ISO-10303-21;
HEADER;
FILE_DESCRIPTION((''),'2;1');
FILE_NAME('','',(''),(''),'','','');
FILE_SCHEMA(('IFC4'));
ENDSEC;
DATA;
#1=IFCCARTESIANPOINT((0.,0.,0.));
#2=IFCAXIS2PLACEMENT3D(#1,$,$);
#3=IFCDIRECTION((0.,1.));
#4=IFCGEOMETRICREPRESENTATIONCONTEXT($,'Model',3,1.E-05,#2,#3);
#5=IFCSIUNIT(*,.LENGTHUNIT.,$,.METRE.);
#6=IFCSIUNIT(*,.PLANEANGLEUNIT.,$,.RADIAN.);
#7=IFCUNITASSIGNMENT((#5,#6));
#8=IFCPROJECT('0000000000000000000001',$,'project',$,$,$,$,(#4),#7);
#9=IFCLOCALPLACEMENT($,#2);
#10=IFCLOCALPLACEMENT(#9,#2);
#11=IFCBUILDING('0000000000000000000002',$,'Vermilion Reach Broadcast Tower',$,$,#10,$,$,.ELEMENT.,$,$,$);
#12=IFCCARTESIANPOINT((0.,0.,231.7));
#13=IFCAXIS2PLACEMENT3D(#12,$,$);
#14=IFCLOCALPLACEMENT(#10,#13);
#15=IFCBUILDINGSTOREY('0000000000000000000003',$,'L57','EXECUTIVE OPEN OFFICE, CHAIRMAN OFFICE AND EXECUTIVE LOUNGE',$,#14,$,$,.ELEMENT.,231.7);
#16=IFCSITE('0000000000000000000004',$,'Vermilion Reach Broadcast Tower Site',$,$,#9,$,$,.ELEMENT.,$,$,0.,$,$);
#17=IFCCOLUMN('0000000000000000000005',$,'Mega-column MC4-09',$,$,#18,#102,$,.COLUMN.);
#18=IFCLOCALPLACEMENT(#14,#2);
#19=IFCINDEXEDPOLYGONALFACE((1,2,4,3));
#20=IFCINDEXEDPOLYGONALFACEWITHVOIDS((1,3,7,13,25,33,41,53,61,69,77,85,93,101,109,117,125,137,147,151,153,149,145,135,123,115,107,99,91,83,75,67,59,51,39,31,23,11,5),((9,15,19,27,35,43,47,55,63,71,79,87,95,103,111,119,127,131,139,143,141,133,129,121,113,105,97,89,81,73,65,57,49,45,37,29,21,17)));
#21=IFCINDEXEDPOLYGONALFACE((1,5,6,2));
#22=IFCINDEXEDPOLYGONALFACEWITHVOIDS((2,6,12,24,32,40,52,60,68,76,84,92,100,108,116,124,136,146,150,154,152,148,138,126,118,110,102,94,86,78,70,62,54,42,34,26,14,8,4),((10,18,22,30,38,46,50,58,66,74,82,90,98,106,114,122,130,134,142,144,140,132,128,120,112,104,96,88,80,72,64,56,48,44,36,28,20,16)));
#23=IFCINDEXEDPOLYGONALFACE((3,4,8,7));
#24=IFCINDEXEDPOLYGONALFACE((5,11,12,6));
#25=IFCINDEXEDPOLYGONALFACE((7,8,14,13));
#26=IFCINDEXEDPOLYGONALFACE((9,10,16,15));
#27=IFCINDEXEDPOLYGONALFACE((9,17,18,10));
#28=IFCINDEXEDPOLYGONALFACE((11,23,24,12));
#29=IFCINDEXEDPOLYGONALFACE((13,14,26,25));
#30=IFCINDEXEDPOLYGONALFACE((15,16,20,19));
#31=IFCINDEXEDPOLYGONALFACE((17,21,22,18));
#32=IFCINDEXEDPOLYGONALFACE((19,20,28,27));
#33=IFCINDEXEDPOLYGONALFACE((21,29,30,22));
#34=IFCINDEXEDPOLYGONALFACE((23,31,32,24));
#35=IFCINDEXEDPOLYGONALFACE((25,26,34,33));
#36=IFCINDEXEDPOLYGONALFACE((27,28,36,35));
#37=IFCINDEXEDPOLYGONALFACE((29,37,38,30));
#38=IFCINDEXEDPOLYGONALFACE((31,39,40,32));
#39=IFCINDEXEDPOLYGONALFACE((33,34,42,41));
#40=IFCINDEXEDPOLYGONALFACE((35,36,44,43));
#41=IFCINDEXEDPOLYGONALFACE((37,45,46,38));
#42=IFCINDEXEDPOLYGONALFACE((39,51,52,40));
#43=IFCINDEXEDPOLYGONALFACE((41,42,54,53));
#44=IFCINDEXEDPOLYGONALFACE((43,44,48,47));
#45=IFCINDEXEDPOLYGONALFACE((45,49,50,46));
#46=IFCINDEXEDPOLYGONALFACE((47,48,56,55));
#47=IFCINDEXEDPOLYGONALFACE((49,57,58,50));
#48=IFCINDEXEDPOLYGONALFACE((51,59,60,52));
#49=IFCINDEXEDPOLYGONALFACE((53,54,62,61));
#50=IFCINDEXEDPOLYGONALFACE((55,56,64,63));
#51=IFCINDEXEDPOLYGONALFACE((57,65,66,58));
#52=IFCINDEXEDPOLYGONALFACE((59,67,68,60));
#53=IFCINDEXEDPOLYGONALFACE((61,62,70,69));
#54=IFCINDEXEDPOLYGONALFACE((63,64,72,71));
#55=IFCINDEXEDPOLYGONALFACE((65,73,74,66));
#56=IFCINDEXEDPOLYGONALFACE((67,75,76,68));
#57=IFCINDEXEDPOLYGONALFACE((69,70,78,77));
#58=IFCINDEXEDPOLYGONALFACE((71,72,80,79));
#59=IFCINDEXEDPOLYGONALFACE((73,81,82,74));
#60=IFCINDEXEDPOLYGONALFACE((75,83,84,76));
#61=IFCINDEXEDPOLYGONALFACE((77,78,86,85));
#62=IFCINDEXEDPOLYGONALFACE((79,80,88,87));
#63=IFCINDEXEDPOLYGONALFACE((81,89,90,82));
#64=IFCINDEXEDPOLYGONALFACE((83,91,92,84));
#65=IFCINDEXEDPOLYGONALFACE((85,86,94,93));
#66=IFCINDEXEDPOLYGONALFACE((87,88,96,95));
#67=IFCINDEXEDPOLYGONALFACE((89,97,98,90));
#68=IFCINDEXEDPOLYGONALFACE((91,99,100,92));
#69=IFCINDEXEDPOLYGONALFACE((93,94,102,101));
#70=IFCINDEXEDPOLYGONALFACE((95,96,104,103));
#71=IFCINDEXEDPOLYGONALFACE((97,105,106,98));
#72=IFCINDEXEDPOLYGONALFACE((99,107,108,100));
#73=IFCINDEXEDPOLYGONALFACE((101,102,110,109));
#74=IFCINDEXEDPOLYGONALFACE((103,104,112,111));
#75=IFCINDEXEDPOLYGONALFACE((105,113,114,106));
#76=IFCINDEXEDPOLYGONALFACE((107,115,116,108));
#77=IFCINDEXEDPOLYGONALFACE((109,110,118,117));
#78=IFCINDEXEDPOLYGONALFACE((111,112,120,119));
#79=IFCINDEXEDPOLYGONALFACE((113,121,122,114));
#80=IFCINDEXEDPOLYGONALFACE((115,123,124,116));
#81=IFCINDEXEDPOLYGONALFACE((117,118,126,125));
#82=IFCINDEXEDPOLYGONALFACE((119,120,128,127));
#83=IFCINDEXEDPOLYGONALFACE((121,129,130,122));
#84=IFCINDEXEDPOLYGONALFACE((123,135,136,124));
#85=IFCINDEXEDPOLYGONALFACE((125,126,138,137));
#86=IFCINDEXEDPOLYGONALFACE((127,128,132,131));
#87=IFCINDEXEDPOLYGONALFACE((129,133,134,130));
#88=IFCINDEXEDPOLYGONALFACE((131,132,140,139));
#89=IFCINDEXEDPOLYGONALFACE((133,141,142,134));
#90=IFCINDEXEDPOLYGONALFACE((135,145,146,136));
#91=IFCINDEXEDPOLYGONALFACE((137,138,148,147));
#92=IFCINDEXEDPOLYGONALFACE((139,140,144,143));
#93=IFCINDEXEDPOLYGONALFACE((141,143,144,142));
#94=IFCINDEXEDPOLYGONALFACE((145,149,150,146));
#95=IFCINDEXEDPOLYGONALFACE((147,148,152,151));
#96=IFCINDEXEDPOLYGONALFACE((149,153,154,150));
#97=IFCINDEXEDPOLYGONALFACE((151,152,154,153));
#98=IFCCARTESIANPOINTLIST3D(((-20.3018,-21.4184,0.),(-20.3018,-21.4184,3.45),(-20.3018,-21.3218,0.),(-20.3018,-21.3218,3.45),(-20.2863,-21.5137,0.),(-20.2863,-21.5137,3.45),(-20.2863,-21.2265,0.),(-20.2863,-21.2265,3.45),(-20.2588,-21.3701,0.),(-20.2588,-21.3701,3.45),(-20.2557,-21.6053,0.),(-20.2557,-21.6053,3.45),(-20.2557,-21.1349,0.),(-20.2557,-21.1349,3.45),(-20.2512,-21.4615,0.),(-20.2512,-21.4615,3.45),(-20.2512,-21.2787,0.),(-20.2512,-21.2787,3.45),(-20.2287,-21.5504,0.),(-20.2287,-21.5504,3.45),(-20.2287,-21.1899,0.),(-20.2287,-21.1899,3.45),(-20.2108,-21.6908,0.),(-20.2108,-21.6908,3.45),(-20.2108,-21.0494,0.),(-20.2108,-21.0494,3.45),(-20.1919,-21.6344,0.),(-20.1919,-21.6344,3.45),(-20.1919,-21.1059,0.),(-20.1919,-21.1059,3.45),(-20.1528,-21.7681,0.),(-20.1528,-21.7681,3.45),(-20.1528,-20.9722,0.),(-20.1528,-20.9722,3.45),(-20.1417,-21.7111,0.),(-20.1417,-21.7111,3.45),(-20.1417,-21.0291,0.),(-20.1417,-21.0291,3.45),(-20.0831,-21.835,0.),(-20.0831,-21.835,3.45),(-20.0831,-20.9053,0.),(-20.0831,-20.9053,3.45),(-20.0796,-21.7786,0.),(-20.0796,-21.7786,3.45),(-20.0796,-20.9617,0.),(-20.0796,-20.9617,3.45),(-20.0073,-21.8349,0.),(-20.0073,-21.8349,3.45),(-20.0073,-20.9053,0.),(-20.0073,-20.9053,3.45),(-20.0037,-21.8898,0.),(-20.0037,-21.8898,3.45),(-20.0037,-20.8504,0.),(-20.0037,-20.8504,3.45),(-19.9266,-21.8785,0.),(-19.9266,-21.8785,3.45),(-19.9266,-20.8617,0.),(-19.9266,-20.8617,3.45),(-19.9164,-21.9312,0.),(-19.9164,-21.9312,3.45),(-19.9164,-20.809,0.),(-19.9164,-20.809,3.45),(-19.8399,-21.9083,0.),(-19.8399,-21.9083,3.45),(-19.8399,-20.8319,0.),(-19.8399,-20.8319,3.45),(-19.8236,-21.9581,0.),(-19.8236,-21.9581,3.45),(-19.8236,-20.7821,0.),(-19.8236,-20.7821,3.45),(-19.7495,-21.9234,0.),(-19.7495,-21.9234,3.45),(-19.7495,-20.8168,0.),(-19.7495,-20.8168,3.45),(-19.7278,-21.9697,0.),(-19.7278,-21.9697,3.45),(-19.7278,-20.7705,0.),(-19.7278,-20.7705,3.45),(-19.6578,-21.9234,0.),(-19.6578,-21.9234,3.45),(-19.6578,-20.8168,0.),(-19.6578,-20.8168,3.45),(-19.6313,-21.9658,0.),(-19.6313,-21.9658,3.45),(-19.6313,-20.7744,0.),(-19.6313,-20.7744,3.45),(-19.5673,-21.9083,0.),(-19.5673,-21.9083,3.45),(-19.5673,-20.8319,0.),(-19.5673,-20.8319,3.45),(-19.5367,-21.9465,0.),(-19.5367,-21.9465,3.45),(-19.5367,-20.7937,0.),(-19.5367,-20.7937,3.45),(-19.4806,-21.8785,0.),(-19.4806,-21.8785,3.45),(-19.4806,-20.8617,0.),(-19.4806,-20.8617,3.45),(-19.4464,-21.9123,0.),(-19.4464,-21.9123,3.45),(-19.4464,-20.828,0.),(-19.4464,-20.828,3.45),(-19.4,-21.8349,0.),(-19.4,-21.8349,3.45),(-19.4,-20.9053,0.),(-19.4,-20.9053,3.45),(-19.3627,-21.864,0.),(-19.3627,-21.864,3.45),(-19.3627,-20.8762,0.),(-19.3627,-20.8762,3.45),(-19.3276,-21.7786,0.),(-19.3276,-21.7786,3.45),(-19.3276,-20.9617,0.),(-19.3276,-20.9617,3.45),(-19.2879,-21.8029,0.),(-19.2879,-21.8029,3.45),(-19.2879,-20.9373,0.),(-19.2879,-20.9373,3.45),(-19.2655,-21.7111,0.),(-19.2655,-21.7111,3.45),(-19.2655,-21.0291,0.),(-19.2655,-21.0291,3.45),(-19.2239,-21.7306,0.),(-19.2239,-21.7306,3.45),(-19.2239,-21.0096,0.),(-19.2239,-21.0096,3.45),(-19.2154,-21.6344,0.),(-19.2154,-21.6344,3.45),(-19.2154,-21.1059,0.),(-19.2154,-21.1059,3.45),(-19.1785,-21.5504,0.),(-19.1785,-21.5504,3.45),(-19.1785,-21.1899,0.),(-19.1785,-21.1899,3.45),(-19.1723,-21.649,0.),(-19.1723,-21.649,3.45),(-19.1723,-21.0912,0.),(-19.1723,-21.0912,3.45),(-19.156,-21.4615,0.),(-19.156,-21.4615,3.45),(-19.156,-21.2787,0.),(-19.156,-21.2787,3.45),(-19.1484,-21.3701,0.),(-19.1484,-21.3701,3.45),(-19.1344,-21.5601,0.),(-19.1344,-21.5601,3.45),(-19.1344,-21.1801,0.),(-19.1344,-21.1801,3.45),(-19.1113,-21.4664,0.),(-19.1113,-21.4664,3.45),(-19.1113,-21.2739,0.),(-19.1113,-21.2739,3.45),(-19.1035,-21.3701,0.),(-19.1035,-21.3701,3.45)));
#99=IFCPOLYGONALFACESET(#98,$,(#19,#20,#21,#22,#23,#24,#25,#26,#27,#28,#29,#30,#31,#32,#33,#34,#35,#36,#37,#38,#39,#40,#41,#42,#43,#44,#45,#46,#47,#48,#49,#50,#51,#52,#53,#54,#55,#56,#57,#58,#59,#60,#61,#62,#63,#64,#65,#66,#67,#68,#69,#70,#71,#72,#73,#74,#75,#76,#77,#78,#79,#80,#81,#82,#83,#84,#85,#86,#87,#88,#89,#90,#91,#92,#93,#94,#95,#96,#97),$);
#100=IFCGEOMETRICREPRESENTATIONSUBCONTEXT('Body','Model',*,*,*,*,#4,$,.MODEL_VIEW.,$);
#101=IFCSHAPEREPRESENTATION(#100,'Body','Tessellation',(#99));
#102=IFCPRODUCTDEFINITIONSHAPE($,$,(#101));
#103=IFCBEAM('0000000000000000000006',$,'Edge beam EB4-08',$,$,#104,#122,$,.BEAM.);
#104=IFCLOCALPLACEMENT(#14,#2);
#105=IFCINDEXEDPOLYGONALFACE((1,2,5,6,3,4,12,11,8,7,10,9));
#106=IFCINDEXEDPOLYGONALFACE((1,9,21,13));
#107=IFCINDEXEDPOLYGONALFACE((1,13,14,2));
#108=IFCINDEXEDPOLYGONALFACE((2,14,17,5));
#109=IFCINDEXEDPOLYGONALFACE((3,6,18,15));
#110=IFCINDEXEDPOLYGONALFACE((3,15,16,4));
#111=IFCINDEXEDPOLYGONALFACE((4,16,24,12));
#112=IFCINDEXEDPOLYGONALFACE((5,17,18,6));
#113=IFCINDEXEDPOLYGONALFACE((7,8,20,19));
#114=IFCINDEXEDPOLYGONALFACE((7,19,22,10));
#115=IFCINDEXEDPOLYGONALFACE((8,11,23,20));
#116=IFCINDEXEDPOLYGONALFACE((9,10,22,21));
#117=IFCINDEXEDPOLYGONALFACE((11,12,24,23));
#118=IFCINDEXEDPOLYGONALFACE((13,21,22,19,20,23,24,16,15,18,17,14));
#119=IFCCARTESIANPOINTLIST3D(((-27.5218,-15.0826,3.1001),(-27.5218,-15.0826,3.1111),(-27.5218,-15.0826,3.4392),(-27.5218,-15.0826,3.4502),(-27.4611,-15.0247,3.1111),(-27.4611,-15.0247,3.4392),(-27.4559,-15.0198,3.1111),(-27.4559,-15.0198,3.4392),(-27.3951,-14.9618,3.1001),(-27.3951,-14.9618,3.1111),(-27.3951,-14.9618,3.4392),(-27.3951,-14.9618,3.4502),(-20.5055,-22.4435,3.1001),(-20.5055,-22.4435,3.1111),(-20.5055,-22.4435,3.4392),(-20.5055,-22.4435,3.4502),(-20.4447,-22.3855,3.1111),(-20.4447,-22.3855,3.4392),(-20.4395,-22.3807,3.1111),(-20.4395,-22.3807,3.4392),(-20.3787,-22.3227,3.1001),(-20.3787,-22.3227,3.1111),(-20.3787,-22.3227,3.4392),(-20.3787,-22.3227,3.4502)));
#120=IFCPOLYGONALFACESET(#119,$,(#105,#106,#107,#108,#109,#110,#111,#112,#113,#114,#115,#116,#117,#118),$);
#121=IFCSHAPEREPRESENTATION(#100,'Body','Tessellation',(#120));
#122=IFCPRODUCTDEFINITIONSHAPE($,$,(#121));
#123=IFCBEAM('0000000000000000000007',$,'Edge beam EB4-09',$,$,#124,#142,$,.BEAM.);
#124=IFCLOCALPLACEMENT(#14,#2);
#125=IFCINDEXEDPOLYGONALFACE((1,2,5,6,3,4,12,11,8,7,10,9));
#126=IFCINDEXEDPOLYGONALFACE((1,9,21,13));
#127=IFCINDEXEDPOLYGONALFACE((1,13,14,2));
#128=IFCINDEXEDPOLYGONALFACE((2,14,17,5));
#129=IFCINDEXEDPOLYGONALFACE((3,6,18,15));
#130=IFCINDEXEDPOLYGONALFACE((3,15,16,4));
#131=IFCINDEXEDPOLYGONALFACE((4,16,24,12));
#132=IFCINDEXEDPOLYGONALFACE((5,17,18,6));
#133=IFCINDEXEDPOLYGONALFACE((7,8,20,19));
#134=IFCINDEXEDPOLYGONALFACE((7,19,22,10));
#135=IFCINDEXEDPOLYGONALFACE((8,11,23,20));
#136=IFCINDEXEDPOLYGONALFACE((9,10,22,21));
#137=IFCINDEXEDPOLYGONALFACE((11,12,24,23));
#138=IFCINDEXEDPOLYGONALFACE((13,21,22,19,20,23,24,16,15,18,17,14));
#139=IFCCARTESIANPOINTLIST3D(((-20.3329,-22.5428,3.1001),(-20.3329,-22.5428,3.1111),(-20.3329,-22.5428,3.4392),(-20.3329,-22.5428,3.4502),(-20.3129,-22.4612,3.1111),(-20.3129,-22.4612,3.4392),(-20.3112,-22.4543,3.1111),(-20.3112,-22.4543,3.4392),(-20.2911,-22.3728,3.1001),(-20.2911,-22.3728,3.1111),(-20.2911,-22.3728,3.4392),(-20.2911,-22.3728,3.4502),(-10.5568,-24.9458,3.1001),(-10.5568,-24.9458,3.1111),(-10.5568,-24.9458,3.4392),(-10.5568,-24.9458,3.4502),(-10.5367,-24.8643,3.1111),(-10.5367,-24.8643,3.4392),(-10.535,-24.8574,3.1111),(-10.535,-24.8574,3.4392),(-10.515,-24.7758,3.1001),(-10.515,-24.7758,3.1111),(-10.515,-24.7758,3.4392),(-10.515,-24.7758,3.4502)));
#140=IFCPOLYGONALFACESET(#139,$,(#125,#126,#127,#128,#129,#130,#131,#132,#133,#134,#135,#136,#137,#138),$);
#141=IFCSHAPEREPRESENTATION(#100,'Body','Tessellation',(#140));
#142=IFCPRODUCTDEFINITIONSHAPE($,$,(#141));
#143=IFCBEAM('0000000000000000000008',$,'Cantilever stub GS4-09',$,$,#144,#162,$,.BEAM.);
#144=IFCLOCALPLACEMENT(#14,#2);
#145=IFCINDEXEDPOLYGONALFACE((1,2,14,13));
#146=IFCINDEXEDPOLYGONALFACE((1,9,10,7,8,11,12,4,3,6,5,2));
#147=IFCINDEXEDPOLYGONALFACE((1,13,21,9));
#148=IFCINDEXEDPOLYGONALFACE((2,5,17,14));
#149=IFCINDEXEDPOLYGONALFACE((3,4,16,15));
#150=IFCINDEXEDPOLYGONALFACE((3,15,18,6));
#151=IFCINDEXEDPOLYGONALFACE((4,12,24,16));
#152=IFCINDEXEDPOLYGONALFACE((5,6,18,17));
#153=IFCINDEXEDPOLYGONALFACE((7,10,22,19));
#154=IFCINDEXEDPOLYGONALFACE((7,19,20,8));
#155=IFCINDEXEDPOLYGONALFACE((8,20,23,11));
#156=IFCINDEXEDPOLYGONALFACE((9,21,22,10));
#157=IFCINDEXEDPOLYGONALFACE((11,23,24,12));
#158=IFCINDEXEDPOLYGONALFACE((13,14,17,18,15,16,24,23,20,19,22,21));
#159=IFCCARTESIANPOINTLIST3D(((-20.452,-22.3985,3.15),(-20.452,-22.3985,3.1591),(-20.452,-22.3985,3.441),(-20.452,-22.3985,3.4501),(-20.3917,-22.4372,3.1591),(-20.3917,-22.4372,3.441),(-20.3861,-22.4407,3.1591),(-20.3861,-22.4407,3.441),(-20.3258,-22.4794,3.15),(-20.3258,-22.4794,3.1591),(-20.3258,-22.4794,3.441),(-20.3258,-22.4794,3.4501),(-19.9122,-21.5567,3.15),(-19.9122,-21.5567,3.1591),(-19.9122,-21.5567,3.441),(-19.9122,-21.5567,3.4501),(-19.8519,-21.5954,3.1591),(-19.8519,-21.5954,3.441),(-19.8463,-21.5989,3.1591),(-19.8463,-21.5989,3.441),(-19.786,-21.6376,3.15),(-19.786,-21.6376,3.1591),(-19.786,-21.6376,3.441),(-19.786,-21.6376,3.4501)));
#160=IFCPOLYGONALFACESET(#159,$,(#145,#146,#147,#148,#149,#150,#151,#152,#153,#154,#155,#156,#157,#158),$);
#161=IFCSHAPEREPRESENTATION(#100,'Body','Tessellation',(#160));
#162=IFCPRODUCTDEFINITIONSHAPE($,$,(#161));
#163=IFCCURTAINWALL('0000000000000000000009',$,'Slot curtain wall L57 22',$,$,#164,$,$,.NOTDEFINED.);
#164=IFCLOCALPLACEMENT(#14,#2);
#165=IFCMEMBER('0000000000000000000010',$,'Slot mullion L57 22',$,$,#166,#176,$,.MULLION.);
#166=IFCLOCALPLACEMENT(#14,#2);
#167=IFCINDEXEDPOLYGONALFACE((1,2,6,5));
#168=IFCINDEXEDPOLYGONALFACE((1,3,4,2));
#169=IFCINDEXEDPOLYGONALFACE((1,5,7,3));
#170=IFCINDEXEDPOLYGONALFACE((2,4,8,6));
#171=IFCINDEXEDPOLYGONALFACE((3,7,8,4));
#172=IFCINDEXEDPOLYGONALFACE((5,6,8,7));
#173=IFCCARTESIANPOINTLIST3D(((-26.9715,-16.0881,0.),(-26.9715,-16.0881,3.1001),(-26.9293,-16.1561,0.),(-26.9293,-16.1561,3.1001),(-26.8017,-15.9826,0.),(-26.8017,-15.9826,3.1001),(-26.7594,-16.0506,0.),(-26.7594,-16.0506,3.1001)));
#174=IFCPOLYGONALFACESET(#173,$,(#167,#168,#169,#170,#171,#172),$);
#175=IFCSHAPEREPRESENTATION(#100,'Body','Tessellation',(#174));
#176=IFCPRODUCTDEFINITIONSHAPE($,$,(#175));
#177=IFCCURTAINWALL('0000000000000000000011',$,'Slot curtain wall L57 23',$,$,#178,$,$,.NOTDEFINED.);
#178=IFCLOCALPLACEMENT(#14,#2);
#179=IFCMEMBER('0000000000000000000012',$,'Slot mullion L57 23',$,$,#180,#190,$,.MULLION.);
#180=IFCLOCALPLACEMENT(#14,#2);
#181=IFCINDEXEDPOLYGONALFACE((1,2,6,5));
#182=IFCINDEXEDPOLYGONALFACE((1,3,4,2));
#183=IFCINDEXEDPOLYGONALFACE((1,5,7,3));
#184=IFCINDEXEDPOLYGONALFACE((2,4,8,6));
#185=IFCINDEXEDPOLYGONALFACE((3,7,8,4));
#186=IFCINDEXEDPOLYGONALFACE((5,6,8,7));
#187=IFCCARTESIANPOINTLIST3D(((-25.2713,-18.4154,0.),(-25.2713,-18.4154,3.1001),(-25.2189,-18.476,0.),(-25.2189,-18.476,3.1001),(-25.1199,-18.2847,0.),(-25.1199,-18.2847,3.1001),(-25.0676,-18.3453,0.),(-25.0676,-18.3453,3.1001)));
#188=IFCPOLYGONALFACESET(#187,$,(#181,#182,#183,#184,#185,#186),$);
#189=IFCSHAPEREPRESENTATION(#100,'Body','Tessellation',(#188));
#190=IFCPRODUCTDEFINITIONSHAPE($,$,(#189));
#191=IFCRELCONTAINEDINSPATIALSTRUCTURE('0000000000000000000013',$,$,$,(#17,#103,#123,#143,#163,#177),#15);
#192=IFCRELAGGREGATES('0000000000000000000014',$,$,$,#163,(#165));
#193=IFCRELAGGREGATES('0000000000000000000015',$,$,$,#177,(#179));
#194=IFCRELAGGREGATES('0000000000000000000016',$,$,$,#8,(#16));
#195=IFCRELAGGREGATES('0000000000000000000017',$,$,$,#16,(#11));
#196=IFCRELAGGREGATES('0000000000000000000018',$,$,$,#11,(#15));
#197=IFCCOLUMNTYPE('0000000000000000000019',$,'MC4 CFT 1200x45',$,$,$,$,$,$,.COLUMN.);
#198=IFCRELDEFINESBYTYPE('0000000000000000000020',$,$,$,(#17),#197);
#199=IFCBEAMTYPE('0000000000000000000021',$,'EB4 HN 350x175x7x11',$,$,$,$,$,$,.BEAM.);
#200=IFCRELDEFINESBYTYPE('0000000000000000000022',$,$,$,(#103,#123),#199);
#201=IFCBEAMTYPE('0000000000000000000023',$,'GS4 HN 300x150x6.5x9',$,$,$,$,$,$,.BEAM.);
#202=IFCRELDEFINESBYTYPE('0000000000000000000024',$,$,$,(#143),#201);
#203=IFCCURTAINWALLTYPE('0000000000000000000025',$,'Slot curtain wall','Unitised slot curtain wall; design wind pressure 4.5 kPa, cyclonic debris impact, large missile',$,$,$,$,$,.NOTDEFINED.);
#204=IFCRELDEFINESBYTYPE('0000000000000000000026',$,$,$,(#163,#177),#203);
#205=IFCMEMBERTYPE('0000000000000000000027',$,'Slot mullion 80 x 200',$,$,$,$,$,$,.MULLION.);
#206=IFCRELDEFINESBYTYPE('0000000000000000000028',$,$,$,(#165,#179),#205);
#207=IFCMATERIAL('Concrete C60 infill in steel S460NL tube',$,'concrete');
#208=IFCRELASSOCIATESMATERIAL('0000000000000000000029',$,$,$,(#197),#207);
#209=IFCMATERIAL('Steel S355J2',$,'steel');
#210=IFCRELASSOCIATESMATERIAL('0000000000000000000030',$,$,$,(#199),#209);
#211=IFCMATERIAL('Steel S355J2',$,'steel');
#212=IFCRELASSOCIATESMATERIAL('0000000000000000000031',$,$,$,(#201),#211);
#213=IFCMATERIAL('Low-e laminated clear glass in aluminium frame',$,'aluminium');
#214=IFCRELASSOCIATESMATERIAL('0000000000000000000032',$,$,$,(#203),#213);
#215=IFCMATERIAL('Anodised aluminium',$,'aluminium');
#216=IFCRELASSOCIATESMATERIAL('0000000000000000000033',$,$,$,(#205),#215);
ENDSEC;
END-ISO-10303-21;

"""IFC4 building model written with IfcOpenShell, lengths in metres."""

from ifc_helpers import new_model, si_unit, direction, frame, origin, origin_2d, place, context, subcontext, project, spatial, rectangle, hollow_circle, i_section, extrude, material, material_profile, profile_set, type_object, element, aggregate, save


model = new_model("IFC4")

# Units and contexts
model_context = context("Model", 3, precision=1e-05, world=origin(), true_north=direction((0.0, 1.0)))
body_context = subcontext(model_context, "Body", "Model", "MODEL_VIEW")
ifc_project = project(units=[si_unit("LENGTHUNIT", "METRE"), si_unit("PLANEANGLEUNIT", "RADIAN")], contexts=[model_context])

# Site, building, storey
site_placement = place(None, origin())
site = spatial("IfcSite", under=ifc_project, at=site_placement, Name="Vermilion Reach Broadcast Tower Site", CompositionType="ELEMENT", RefElevation=0.0)
building_placement = place(site_placement, origin())
building = spatial("IfcBuilding", under=site, at=building_placement, Name="Vermilion Reach Broadcast Tower", CompositionType="ELEMENT")
storey_placement = place(building_placement, frame((0.0, 0.0, 231.7)))
storey = spatial("IfcBuildingStorey", under=building, at=storey_placement, Name="L57", Description="EXECUTIVE OPEN OFFICE, CHAIRMAN OFFICE AND EXECUTIVE LOUNGE", CompositionType="ELEMENT", Elevation=231.7)

# Column
ifc_material_1 = material(Name="Concrete C60 infill in steel S460NL tube", Category="concrete")
ifc_material_profile_1 = material_profile(ifc_material_1, hollow_circle(Radius=0.6001, WallThickness=0.0449, at=origin_2d()), Name="Concrete C60 infill in steel S460NL tube CFT 1200x45")
ifc_profile_set_1 = profile_set([ifc_material_profile_1], Name="Concrete C60 infill in steel S460NL tube")
column_type = type_object("IfcColumnType", Name="MC4 CFT 1200x45", PredefinedType="COLUMN", material=ifc_profile_set_1)
column_placement = place(storey_placement, frame((-19.7036, -21.3701, 0.0), z_axis=(0.0, 0.0, 1.0), x_axis=(1.0, 0.0, 0.0)))
element("IfcColumn", 1, at=column_placement, inside=storey, type_object=column_type, Name="Mega-column MC4-09", PredefinedType="COLUMN", context=body_context, shape_type="SweptSolid", body=[
    extrude(hollow_circle(Radius=0.6001, WallThickness=0.0449, at=origin_2d()), origin(), (0.0, 0.0, 1.0), 3.45),
])

# Beams
ifc_material_2 = material(Name="Steel S355J2", Category="steel")
ifc_material_profile_2 = material_profile(ifc_material_2, i_section(OverallWidth=0.175, OverallDepth=0.3501, WebThickness=0.0071, FlangeThickness=0.011, at=origin_2d()), Name="S355J2 HN 350x175x7x11")
ifc_profile_set_2 = profile_set([ifc_material_profile_2], Name="Steel S355J2")
beam_type_1 = type_object("IfcBeamType", Name="EB4 HN 350x175x7x11", PredefinedType="BEAM", material=ifc_profile_set_2)
beam_1_placement = place(storey_placement, frame((-27.4585, -15.0222, 3.2751), z_axis=(0.689966, -0.723842, 0.0), x_axis=(0.723842, 0.689966, 0.0)))
element("IfcBeam", 2, at=beam_1_placement, inside=storey, type_object=beam_type_1, Name="Edge beam EB4-08", PredefinedType="BEAM", context=body_context, shape_type="SweptSolid", body=[
    extrude(i_section(OverallWidth=0.175, OverallDepth=0.3501, WebThickness=0.0071, FlangeThickness=0.011, at=origin_2d()), origin(), (0.0, 0.0, 1.0), 10.1692),
])
beam_2_placement = place(storey_placement, frame((-20.312, -22.4578, 3.2751), z_axis=(0.971092, -0.238705, 0.0), x_axis=(0.238705, 0.971092, 0.0)))
element("IfcBeam", 3, at=beam_2_placement, inside=storey, type_object=beam_type_1, Name="Edge beam EB4-09", PredefinedType="BEAM", context=body_context, shape_type="SweptSolid", body=[
    extrude(i_section(OverallWidth=0.175, OverallDepth=0.3501, WebThickness=0.0071, FlangeThickness=0.011, at=origin_2d()), origin(), (0.0, 0.0, 1.0), 10.0671),
])
ifc_material_3 = material(Name="Steel S355J2", Category="steel")
ifc_material_profile_3 = material_profile(ifc_material_3, i_section(OverallWidth=0.1499, OverallDepth=0.3, WebThickness=0.0066, FlangeThickness=0.009, at=origin_2d()), Name="S355J2 HN 300x150x6.5x9")
ifc_profile_set_3 = profile_set([ifc_material_profile_3], Name="Steel S355J2")
beam_type_2 = type_object("IfcBeamType", Name="GS4 HN 300x150x6.5x9", PredefinedType="BEAM", material=ifc_profile_set_3)
beam_3_placement = place(storey_placement, frame((-19.8491, -21.5972, 3.3), z_axis=(-0.539795, -0.841797, 0.0), x_axis=(0.841797, -0.539795, 0.0)))
element("IfcBeam", 4, at=beam_3_placement, inside=storey, type_object=beam_type_2, Name="Cantilever stub GS4-09", PredefinedType="BEAM", context=body_context, shape_type="SweptSolid", body=[
    extrude(i_section(OverallWidth=0.1499, OverallDepth=0.3, WebThickness=0.0066, FlangeThickness=0.009, at=origin_2d()), origin(), (0.0, 0.0, 1.0), 1.0),
])

# Curtain walls, members
ifc_material_4 = material(Name="Low-e laminated clear glass in aluminium frame", Category="aluminium")
curtain_wall_type = type_object("IfcCurtainWallType", Name="Slot curtain wall", Description="Unitised slot curtain wall; design wind pressure 4.5 kPa, cyclonic debris impact, large missile", PredefinedType="NOTDEFINED", material=ifc_material_4)
placement = place(storey_placement, origin())
curtain_wall_1 = element("IfcCurtainWall", 5, at=placement, inside=storey, type_object=curtain_wall_type, Name="Slot curtain wall L57 22", PredefinedType="NOTDEFINED")
ifc_material_5 = material(Name="Anodised aluminium", Category="aluminium")
ifc_material_profile_4 = material_profile(ifc_material_5, rectangle(XDim=0.2, YDim=0.0801, at=origin_2d()), Name="Slot mullion 80 x 200")
ifc_profile_set_4 = profile_set([ifc_material_profile_4], Name="Anodised aluminium")
member_type_1 = type_object("IfcMemberType", Name="Slot mullion 80 x 200", PredefinedType="MULLION", material=ifc_profile_set_4)
member_1_placement = place(storey_placement, frame((-26.8655, -16.0693, 0.0), z_axis=(0.0, 0.0, 1.0), x_axis=(0.849464, 0.527646, 0.0)))
member_1 = element("IfcMember", 6, at=member_1_placement, type_object=member_type_1, Name="Slot mullion L57 22", PredefinedType="MULLION", context=body_context, shape_type="SweptSolid", body=[
    extrude(rectangle(XDim=0.2, YDim=0.0801, at=origin_2d()), origin(), (0.0, 0.0, 1.0), 3.1001),
])
curtain_wall_2 = element("IfcCurtainWall", 7, at=placement, inside=storey, type_object=curtain_wall_type, Name="Slot curtain wall L57 23", PredefinedType="NOTDEFINED")
member_2_placement = place(storey_placement, frame((-25.1694, -18.3804, 0.0), z_axis=(0.0, 0.0, 1.0), x_axis=(0.756868, 0.653567, 0.0)))
member_2 = element("IfcMember", 8, at=member_2_placement, type_object=member_type_1, Name="Slot mullion L57 23", PredefinedType="MULLION", context=body_context, shape_type="SweptSolid", body=[
    extrude(rectangle(XDim=0.2, YDim=0.0801, at=origin_2d()), origin(), (0.0, 0.0, 1.0), 3.1001),
])

aggregate(curtain_wall_1, [member_1])
aggregate(curtain_wall_2, [member_2])

save(model, "model.ifc")
